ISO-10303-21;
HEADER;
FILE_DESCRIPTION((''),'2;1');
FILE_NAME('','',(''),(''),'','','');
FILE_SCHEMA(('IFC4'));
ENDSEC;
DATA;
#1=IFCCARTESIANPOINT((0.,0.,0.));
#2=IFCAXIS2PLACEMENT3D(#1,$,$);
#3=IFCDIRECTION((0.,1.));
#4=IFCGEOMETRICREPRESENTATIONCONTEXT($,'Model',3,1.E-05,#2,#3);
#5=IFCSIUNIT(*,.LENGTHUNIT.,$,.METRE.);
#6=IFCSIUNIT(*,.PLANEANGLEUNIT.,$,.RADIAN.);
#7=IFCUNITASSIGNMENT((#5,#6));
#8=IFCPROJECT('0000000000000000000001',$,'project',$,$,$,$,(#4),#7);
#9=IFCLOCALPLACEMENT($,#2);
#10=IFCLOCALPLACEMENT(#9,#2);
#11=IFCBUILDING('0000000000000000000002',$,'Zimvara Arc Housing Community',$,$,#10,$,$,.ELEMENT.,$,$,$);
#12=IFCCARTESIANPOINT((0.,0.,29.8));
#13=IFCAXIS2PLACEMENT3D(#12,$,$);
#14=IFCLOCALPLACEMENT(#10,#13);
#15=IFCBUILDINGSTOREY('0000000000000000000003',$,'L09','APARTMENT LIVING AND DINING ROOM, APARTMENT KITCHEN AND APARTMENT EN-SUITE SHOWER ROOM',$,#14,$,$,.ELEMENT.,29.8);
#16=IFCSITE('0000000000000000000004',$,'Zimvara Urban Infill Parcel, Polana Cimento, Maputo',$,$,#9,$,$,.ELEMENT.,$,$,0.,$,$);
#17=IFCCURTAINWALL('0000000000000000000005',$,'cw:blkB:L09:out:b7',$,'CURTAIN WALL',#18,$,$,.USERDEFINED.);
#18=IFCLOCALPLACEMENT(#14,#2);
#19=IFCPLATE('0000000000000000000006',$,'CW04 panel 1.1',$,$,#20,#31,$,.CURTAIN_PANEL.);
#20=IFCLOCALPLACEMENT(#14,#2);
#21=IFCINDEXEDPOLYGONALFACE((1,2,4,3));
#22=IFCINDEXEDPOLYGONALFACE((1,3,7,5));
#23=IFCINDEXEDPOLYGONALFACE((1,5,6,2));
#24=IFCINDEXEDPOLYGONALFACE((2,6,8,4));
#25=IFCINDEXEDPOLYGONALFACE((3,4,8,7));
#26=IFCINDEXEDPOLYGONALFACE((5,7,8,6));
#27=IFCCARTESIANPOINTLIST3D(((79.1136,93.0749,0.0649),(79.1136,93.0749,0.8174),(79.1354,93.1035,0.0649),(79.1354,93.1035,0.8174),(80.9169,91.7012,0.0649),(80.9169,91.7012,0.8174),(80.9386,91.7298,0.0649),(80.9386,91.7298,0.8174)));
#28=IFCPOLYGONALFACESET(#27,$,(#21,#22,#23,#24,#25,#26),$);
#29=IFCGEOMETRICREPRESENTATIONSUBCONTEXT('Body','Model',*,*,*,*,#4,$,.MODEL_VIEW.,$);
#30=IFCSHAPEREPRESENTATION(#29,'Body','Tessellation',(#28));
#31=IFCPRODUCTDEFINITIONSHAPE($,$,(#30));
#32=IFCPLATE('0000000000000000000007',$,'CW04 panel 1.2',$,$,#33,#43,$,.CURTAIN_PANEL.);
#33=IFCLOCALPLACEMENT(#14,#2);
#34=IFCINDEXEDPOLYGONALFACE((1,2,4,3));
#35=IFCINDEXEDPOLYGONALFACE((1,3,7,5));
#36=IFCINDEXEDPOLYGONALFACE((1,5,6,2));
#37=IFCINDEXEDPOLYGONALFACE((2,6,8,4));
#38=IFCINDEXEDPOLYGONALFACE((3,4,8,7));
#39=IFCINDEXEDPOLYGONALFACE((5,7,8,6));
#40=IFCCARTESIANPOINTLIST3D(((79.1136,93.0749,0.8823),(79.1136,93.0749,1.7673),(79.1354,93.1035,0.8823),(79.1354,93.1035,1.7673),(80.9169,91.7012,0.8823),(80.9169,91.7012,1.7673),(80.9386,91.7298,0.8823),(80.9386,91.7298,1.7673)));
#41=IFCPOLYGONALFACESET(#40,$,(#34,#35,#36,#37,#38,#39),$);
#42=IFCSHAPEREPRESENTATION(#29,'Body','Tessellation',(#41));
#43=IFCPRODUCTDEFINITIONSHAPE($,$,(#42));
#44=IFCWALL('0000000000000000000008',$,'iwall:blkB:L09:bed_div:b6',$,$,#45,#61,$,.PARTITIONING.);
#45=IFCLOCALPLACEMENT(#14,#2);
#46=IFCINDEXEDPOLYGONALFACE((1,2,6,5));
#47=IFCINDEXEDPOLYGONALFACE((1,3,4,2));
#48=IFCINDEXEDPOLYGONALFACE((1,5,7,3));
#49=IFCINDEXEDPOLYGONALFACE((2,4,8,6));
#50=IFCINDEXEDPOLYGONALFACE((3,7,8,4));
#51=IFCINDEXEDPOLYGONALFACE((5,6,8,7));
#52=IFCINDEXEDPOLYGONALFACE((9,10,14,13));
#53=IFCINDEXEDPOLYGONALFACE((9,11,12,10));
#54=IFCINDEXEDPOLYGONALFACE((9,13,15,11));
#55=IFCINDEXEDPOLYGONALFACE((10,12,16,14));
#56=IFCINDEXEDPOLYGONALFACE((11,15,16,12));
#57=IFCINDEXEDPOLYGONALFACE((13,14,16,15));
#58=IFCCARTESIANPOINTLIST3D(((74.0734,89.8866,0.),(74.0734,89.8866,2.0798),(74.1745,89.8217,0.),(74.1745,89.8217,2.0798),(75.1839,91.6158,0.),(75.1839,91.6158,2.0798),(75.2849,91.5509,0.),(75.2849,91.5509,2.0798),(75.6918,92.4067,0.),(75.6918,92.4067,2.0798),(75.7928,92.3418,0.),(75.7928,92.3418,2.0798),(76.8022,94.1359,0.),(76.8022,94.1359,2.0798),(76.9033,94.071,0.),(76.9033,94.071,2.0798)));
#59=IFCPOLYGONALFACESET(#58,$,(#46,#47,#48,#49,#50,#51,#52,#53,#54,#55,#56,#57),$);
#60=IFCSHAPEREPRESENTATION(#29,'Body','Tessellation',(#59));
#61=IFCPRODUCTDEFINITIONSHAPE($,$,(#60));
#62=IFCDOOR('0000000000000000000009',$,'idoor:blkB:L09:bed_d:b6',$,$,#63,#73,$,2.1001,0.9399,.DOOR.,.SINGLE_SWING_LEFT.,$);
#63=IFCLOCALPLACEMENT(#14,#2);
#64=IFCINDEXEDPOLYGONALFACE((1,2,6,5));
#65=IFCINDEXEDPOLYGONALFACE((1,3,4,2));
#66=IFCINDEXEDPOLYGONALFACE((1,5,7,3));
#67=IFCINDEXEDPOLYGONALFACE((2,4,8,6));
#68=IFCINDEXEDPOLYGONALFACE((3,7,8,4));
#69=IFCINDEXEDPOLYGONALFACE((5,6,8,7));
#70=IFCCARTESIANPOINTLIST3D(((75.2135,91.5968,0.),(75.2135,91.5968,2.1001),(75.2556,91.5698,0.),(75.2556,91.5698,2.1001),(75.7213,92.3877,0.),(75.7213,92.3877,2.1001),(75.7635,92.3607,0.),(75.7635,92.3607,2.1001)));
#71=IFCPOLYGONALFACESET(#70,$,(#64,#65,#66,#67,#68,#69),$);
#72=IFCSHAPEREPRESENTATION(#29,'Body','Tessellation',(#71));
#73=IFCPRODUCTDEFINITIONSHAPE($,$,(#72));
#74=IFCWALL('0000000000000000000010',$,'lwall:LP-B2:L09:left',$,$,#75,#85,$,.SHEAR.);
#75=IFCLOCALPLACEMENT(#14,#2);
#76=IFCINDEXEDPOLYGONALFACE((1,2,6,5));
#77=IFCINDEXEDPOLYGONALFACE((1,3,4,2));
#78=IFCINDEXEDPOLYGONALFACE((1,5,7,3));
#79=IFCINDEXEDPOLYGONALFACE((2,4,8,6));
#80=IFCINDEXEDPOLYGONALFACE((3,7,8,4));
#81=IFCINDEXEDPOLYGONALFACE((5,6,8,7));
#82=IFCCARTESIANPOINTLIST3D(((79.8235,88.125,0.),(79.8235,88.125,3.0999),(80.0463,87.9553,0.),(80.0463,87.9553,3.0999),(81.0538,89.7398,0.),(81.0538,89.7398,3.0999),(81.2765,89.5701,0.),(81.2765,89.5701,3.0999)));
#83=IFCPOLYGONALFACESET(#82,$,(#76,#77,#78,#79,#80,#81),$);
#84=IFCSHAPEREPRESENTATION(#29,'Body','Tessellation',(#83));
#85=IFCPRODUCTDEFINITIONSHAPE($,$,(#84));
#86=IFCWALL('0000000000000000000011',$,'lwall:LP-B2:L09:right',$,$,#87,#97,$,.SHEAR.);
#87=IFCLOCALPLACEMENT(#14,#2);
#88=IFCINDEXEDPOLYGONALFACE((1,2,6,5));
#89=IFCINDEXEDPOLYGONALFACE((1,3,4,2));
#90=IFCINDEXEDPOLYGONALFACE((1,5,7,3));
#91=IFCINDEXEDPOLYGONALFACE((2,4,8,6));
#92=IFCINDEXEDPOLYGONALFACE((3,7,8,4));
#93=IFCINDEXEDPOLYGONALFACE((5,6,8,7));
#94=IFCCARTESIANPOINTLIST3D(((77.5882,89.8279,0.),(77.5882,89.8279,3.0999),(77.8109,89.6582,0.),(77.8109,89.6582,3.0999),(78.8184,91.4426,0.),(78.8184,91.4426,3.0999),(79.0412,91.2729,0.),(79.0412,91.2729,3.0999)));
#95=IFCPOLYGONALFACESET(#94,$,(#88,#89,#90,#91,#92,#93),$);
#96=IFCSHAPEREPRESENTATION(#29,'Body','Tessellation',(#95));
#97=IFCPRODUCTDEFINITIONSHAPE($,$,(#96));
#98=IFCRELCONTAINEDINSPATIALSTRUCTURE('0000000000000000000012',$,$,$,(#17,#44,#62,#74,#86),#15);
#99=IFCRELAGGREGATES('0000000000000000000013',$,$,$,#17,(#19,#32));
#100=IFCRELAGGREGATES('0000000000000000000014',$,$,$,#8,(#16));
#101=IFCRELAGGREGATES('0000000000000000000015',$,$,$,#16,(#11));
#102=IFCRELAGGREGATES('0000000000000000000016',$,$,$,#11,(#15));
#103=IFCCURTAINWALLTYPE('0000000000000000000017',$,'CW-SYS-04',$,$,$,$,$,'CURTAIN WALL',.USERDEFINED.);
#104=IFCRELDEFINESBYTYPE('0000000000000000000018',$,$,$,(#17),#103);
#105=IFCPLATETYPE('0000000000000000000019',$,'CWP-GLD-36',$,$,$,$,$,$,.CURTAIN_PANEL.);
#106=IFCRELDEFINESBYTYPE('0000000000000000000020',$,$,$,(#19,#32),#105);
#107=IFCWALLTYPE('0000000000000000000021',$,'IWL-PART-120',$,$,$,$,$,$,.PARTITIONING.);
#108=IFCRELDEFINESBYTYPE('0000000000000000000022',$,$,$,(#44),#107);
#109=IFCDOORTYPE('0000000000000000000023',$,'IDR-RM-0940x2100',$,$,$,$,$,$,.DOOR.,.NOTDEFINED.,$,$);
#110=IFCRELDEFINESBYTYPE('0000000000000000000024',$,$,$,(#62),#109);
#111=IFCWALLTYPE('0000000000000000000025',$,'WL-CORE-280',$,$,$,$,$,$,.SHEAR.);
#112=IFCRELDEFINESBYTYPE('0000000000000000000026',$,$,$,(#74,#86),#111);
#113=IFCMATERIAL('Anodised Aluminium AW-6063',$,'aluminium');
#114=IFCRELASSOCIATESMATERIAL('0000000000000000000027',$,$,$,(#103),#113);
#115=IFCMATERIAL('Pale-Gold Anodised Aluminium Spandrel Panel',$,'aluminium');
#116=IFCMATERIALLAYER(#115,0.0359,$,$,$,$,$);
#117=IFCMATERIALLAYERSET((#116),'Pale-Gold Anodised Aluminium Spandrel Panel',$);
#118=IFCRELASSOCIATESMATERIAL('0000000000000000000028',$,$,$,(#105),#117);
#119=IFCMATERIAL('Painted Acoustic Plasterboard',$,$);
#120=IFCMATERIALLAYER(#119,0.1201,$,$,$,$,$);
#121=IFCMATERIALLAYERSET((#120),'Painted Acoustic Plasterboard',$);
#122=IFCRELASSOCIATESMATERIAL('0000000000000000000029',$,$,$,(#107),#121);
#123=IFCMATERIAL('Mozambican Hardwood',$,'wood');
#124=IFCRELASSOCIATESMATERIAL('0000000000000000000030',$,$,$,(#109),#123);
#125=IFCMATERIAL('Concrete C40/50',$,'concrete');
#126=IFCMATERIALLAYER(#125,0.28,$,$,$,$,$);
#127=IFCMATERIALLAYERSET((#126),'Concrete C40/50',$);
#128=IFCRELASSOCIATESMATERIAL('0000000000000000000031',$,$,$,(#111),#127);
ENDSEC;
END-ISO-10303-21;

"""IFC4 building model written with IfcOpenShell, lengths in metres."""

from ifc_helpers import new_model, si_unit, direction, frame, frame_2d, origin, origin_2d, place, context, subcontext, project, spatial, rectangle, extrude, material, layer, layer_set, type_object, element, fill, aggregate, save


model = new_model("IFC4")

# Units and contexts
model_context = context("Model", 3, precision=1e-05, world=origin(), true_north=direction((0.0, 1.0)))
body_context = subcontext(model_context, "Body", "Model", "MODEL_VIEW")
ifc_project = project(units=[si_unit("LENGTHUNIT", "METRE"), si_unit("PLANEANGLEUNIT", "RADIAN")], contexts=[model_context])

# Site, building, storey
site_placement = place(None, origin())
site = spatial("IfcSite", under=ifc_project, at=site_placement, Name="Zimvara Urban Infill Parcel, Polana Cimento, Maputo", CompositionType="ELEMENT", RefElevation=0.0)
building_placement = place(site_placement, origin())
building = spatial("IfcBuilding", under=site, at=building_placement, Name="Zimvara Arc Housing Community", CompositionType="ELEMENT")
storey_placement = place(building_placement, frame((0.0, 0.0, 29.8)))
storey = spatial("IfcBuildingStorey", under=building, at=storey_placement, Name="L09", Description="APARTMENT LIVING AND DINING ROOM, APARTMENT KITCHEN AND APARTMENT EN-SUITE SHOWER ROOM", CompositionType="ELEMENT", Elevation=29.8)

# Curtain wall
ifc_material_1 = material(Name="Anodised Aluminium AW-6063", Category="aluminium")
curtain_wall_type_1 = type_object("IfcCurtainWallType", Name="CW-SYS-04", ElementType="CURTAIN WALL", PredefinedType="USERDEFINED", material=ifc_material_1)
curtain_wall_1_placement = place(storey_placement, origin())
curtain_wall_1 = element("IfcCurtainWall", 1, at=curtain_wall_1_placement, inside=storey, type_object=curtain_wall_type_1, Name="cw:blkB:L09:out:b7", ObjectType="CURTAIN WALL", PredefinedType="USERDEFINED")

# Plates
ifc_material_2 = material(Name="Pale-Gold Anodised Aluminium Spandrel Panel", Category="aluminium")
ifc_layer_1 = layer(ifc_material_2, 0.0359)
ifc_layer_set_1 = layer_set([ifc_layer_1], Name="Pale-Gold Anodised Aluminium Spandrel Panel")
plate_type = type_object("IfcPlateType", Name="CWP-GLD-36", PredefinedType="CURTAIN_PANEL", material=ifc_layer_set_1)
plate_1_placement = place(storey_placement, frame((80.0261, 92.4023, 0.0649), z_axis=(0.0, 0.0, 1.0), x_axis=(0.795474, -0.605988, 0.0)))
plate_1 = element("IfcPlate", 2, at=plate_1_placement, type_object=plate_type, Name="CW04 panel 1.1", PredefinedType="CURTAIN_PANEL", context=body_context, shape_type="SweptSolid", body=[
    extrude(rectangle(XDim=2.2668, YDim=0.0359, at=origin_2d()), origin(), (0.0, 0.0, 1.0), 0.7524),
])
plate_2_placement = place(storey_placement, frame((80.0261, 92.4023, 0.8823), z_axis=(0.0, 0.0, 1.0), x_axis=(0.795474, -0.605988, 0.0)))
plate_2 = element("IfcPlate", 3, at=plate_2_placement, type_object=plate_type, Name="CW04 panel 1.2", PredefinedType="CURTAIN_PANEL", context=body_context, shape_type="SweptSolid", body=[
    extrude(rectangle(XDim=2.2668, YDim=0.0359, at=origin_2d()), origin(), (0.0, 0.0, 1.0), 0.885),
])
aggregate(curtain_wall_1, [plate_1, plate_2])

# Wall, opening, door
ifc_material_3 = material(Name="Painted Acoustic Plasterboard")
ifc_layer_2 = layer(ifc_material_3, 0.1201)
ifc_layer_set_2 = layer_set([ifc_layer_2], Name="Painted Acoustic Plasterboard")
wall_type_1 = type_object("IfcWallType", Name="IWL-PART-120", PredefinedType="PARTITIONING", material=ifc_layer_set_2)
wall_1_placement = place(storey_placement, frame((74.124, 89.8542, 0.0), z_axis=(0.0, 0.0, 1.0), x_axis=(0.540349, 0.841441, 0.0)))
wall_1 = element("IfcWall", 4, at=wall_1_placement, inside=storey, type_object=wall_type_1, Name="iwall:blkB:L09:bed_div:b6", PredefinedType="PARTITIONING", context=body_context, shape_type="SweptSolid", body=[
    extrude(rectangle(XDim=5.05, YDim=0.1201, at=frame_2d((2.5249, 0.0))), origin(), (0.0, 0.0, 1.0), 2.0798),
])
opening_1_placement = place(wall_1_placement, frame((2.0549, 0.0, 0.0)))
opening_1 = element("IfcOpeningElement", 5, at=opening_1_placement, cuts=wall_1, PredefinedType="OPENING", context=body_context, shape_type="SweptSolid", body=[
    extrude(rectangle(XDim=0.9399, YDim=2.1001, at=frame_2d((0.47, 1.05))), frame((0.0, 0.0701, 0.0), z_axis=(0.0, -1.0, 0.0), x_axis=(1.0, 0.0, 0.0)), (0.0, 0.0, 1.0), 0.1401),
])
ifc_material_4 = material(Name="Mozambican Hardwood", Category="wood")
door_type_1 = type_object("IfcDoorType", Name="IDR-RM-0940x2100", OperationType="NOTDEFINED", PredefinedType="DOOR", material=ifc_material_4)
door_1_placement = place(opening_1_placement, origin())
door_1 = element("IfcDoor", 6, at=door_1_placement, inside=storey, type_object=door_type_1, Name="idoor:blkB:L09:bed_d:b6", OperationType="SINGLE_SWING_LEFT", OverallHeight=2.1001, OverallWidth=0.9399, PredefinedType="DOOR", context=body_context, shape_type="SweptSolid", body=[
    extrude(rectangle(XDim=0.9399, YDim=2.1001, at=frame_2d((0.47, 1.05))), frame((0.0, 0.0249, 0.0), z_axis=(0.0, -1.0, 0.0), x_axis=(1.0, 0.0, 0.0)), (0.0, 0.0, 1.0), 0.05),
])
fill(opening_1, door_1)
ifc_material_5 = material(Name="Concrete C40/50", Category="concrete")
ifc_layer_3 = layer(ifc_material_5, 0.28)
ifc_layer_set_3 = layer_set([ifc_layer_3], Name="Concrete C40/50")
wall_type_2 = type_object("IfcWallType", Name="WL-CORE-280", PredefinedType="SHEAR", material=ifc_layer_set_3)

# Walls
for number, where, z_axis, x_axis, name in (
    (7, (79.9348, 88.04, 0.0), (0.0, 0.0, 1.0), (0.606025, 0.795446, 0.0), "lwall:LP-B2:L09:left"),
    (8, (77.6995, 89.7429, 0.0), (0.0, 0.0, 1.0), (0.606025, 0.795446, 0.0), "lwall:LP-B2:L09:right"),
):
    element("IfcWall", number, at=place(storey_placement, frame(where, z_axis=z_axis, x_axis=x_axis)), inside=storey, type_object=wall_type_2, Name=name, PredefinedType="SHEAR", context=body_context, shape_type="SweptSolid", body=[
        extrude(rectangle(XDim=2.03, YDim=0.28, at=frame_2d((1.0151, 0.0))), origin(), (0.0, 0.0, 1.0), 3.0999),
    ])

save(model, "model.ifc")
